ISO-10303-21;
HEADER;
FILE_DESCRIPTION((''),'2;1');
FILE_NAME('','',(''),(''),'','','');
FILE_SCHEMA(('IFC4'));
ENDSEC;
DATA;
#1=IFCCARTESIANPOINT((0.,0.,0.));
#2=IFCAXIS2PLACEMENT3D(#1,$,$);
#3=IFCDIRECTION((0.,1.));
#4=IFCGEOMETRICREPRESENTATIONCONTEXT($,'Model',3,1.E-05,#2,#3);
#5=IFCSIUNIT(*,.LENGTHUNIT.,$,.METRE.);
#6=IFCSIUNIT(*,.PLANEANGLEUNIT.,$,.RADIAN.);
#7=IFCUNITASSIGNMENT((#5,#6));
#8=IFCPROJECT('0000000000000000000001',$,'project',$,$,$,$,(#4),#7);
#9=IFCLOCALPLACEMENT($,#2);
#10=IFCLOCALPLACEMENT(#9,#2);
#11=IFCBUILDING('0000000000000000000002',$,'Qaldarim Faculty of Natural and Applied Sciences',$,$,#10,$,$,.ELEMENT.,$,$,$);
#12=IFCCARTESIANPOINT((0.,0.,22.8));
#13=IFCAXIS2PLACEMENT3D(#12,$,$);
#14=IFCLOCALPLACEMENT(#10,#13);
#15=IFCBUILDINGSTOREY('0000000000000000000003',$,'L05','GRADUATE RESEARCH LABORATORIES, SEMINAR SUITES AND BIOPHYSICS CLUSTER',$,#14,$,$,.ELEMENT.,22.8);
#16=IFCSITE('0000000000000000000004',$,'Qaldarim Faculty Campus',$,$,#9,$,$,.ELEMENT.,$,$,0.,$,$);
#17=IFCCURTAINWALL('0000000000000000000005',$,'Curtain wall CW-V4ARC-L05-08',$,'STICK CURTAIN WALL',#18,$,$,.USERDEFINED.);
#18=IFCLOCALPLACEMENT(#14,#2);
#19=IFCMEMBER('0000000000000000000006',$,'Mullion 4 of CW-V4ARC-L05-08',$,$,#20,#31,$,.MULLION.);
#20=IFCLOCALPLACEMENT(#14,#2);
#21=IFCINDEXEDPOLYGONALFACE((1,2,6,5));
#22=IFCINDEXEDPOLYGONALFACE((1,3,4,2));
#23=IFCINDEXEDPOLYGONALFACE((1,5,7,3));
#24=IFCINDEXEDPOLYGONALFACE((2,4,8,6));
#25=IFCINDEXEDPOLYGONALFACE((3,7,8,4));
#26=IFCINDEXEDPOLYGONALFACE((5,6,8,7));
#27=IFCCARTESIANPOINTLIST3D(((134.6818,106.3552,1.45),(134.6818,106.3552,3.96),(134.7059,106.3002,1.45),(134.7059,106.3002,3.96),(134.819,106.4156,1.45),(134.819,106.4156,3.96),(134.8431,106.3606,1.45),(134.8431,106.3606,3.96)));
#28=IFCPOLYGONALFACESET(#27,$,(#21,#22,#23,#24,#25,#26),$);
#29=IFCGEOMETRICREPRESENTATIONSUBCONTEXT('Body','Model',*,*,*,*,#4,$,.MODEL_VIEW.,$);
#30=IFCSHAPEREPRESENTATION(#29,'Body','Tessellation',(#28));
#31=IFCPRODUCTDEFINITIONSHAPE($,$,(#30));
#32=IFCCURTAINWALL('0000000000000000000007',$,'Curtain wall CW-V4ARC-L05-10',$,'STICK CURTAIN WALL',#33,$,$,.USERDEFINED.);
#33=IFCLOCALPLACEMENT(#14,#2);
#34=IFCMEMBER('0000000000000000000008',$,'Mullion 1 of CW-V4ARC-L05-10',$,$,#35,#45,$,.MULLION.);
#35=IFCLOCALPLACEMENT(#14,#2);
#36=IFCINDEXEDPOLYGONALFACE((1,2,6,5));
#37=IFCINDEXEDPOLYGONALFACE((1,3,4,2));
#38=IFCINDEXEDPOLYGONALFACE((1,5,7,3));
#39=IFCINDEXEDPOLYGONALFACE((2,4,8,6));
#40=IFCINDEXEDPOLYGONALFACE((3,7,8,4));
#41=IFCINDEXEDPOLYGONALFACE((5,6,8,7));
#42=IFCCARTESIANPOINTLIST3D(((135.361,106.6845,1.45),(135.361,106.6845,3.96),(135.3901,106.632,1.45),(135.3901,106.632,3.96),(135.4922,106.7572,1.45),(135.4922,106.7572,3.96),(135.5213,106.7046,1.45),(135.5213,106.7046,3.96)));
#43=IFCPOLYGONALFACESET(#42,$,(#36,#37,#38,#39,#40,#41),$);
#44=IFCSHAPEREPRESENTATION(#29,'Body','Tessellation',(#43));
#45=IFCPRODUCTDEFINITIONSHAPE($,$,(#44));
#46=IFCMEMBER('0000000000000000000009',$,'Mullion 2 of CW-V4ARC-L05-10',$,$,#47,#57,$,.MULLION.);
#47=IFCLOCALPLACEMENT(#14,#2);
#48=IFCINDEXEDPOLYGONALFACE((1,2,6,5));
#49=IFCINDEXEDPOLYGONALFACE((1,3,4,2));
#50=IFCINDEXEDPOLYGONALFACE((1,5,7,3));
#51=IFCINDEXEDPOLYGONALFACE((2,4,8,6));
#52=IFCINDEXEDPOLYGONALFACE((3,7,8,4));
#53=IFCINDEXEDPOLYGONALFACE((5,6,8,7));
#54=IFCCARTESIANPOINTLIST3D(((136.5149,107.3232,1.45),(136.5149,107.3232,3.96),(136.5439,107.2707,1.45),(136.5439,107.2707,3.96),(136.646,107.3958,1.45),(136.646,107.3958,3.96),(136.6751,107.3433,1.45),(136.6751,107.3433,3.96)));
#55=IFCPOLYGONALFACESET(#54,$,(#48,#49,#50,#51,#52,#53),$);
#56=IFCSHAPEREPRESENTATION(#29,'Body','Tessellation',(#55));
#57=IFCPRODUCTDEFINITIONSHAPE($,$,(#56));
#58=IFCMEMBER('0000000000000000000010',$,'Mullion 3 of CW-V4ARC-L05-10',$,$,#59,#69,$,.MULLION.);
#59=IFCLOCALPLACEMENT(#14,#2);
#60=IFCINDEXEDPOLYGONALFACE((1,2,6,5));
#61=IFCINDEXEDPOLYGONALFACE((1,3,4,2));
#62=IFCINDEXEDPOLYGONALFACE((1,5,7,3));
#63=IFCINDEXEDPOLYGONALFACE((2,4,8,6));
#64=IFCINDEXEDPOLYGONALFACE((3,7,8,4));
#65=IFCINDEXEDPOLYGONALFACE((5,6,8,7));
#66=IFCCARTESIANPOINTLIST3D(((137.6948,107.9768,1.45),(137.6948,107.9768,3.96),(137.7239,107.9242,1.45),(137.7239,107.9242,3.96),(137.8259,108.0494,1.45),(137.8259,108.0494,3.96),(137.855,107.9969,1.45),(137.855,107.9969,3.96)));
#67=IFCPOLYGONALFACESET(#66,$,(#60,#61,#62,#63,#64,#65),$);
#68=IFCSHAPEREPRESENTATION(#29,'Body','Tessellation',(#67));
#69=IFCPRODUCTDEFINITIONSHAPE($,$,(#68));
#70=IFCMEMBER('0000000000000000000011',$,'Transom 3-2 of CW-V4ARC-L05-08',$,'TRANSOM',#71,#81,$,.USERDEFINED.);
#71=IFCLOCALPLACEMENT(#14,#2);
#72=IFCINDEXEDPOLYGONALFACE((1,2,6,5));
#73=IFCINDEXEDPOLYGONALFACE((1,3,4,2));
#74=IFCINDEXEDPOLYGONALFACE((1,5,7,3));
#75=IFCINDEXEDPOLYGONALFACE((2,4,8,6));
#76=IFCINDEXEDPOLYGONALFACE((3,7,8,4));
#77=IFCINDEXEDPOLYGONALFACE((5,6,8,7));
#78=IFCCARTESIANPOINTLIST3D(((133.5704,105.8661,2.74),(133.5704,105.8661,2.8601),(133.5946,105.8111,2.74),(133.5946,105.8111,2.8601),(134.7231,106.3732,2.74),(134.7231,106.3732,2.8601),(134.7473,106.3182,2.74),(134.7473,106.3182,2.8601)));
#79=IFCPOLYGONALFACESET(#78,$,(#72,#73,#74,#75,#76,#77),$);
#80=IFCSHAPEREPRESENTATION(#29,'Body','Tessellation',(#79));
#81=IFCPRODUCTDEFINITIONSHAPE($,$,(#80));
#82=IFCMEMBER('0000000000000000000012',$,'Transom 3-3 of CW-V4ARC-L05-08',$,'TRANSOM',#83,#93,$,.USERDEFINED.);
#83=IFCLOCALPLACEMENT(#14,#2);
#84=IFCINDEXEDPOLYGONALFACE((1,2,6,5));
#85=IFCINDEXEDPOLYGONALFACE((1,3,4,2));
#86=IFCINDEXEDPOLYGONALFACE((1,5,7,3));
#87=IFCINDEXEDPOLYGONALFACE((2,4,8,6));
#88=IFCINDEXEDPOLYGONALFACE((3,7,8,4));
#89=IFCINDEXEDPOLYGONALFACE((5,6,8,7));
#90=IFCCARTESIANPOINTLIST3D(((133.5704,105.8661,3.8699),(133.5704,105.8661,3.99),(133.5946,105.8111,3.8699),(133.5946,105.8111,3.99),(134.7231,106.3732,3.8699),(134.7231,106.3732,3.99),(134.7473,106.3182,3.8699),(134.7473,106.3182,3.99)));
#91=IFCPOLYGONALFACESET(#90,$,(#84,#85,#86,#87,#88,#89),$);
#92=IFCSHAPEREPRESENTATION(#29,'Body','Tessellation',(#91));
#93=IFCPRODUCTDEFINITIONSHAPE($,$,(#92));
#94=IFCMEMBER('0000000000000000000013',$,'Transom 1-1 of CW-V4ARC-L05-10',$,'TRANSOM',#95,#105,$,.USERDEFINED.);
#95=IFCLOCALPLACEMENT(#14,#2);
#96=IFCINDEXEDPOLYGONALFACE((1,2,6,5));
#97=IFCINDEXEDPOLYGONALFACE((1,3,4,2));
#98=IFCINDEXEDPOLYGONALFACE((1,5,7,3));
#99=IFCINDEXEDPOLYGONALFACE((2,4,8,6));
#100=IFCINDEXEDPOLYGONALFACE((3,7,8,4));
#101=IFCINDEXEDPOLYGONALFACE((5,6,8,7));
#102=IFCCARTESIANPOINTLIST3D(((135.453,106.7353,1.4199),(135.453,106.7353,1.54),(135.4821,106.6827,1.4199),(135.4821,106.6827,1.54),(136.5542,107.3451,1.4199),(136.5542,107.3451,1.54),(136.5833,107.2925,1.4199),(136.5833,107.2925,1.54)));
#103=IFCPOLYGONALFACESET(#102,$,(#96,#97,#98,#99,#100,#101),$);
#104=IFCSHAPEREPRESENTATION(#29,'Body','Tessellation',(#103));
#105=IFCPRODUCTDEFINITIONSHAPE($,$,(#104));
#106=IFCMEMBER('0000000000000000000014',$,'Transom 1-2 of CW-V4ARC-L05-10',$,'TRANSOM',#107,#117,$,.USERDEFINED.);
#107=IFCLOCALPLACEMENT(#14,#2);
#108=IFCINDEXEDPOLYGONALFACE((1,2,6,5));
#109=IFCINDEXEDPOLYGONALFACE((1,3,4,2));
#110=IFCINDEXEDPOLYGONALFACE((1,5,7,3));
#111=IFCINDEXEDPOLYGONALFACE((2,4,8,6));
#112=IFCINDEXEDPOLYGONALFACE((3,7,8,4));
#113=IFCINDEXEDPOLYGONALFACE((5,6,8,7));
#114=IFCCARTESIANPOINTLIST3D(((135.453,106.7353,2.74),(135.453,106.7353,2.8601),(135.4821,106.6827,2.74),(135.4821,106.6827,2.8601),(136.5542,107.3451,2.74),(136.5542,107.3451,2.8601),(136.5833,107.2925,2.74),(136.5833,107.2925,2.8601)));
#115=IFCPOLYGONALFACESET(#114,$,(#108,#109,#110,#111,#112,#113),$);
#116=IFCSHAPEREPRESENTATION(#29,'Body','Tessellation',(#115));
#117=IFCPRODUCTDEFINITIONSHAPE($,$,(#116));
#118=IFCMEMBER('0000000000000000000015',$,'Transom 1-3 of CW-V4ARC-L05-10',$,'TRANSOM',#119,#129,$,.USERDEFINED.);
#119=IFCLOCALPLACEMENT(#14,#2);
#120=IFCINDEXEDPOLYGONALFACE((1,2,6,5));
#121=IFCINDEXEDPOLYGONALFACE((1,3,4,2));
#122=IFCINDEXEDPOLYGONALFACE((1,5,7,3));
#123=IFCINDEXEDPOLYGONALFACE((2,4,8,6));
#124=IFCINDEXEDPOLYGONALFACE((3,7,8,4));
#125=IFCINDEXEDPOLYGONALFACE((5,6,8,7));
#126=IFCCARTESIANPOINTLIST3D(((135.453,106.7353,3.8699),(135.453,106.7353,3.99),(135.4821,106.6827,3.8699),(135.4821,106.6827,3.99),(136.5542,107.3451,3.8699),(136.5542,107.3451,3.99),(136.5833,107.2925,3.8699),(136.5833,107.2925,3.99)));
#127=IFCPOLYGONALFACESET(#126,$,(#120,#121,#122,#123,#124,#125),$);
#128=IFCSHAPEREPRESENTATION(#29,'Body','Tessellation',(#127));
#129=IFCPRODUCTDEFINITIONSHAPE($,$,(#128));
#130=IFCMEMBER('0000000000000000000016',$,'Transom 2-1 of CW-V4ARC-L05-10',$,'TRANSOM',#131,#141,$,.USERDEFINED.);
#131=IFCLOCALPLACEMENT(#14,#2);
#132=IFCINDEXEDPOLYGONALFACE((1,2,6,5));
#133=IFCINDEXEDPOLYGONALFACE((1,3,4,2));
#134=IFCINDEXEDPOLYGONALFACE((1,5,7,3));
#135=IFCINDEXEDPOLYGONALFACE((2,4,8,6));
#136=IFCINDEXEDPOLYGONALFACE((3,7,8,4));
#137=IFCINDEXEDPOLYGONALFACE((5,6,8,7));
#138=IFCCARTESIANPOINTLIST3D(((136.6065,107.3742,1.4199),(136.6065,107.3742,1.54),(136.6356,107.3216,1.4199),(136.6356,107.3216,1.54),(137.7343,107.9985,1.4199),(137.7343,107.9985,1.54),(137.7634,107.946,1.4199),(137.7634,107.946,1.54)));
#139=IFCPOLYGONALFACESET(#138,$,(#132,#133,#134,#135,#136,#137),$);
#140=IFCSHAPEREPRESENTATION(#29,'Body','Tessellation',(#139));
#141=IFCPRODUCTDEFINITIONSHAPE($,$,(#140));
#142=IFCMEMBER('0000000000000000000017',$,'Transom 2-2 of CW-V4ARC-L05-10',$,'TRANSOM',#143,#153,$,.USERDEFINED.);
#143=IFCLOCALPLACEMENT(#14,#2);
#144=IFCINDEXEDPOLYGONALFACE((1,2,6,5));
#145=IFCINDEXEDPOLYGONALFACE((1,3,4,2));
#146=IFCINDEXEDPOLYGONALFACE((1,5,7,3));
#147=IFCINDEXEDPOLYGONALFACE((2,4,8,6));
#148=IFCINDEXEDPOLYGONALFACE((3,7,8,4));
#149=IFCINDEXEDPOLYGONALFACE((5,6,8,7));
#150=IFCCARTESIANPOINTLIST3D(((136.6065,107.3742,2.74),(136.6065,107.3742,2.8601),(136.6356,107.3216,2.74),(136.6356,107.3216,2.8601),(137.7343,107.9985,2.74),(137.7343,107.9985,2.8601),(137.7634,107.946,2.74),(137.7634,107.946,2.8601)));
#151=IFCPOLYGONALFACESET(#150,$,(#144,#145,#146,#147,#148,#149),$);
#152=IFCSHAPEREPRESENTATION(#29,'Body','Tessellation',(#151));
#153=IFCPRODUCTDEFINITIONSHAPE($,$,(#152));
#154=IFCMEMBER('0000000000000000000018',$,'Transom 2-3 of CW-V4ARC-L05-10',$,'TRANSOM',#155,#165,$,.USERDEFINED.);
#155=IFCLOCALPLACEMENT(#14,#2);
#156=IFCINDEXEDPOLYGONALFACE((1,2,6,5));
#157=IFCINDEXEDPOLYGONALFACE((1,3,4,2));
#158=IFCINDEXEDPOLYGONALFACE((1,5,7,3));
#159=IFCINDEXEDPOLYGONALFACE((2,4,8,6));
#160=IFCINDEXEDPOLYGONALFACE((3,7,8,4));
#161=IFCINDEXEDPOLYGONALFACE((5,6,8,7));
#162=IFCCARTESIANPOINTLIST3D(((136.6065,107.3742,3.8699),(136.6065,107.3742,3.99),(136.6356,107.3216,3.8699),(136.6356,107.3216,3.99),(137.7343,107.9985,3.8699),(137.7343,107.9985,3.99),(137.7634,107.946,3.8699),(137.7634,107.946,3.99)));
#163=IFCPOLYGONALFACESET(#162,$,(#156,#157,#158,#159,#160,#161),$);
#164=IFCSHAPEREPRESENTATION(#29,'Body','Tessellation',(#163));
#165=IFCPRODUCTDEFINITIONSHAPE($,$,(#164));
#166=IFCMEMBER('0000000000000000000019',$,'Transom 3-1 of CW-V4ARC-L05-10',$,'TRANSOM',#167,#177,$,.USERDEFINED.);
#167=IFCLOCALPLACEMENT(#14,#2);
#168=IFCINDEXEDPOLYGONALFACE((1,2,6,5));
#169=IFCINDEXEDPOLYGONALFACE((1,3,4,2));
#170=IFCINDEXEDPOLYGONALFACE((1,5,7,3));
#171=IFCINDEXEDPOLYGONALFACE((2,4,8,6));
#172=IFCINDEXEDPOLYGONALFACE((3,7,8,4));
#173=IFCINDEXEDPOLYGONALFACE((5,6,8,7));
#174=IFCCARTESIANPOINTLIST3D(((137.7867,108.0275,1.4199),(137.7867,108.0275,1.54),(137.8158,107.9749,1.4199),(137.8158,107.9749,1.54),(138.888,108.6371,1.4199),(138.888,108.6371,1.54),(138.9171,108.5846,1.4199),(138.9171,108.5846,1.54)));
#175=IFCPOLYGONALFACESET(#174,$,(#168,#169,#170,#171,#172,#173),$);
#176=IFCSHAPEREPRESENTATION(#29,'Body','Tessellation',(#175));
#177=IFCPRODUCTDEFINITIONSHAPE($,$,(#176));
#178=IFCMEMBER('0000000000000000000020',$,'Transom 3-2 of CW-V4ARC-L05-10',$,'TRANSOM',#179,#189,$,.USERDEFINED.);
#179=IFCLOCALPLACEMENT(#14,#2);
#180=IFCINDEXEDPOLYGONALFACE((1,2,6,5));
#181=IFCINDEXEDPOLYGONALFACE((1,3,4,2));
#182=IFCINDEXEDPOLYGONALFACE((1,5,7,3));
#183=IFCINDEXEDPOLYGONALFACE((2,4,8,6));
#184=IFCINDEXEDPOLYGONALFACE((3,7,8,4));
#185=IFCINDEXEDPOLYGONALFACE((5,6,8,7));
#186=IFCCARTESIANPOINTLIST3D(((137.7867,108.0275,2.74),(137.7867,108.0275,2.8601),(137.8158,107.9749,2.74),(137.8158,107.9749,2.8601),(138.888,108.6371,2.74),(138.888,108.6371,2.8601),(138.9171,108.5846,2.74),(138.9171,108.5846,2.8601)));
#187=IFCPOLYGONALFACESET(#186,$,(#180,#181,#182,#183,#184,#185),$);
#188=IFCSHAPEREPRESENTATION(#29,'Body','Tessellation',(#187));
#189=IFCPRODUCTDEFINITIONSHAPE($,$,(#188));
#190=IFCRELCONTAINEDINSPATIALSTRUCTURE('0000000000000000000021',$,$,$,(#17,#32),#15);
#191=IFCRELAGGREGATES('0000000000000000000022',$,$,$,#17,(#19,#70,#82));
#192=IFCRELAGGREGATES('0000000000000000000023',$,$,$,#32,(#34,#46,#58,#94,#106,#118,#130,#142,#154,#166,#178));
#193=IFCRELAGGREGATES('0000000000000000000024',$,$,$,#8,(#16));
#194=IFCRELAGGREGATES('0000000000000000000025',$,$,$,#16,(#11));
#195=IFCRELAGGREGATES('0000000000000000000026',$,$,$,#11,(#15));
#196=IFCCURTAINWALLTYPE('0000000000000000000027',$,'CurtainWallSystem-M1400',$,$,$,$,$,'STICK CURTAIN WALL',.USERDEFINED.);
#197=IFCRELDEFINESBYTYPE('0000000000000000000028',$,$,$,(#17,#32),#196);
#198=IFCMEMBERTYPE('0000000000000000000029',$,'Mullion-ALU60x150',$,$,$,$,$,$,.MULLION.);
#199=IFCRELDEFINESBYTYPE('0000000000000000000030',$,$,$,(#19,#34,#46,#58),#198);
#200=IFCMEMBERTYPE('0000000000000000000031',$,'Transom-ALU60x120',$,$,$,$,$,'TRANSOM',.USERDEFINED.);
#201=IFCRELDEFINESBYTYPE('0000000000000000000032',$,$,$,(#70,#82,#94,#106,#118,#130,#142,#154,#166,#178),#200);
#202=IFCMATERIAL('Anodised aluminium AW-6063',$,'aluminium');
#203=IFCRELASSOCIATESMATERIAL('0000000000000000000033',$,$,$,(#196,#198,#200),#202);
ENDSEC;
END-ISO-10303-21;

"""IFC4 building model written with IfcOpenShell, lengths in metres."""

from ifc_helpers import new_model, si_unit, direction, frame, origin, origin_2d, place, context, subcontext, project, spatial, rectangle, extrude, material, material_profile, profile_set, type_object, element, aggregate, save


model = new_model("IFC4")

# Units and contexts
model_context = context("Model", 3, precision=1e-05, world=origin(), true_north=direction((0.0, 1.0)))
body_context = subcontext(model_context, "Body", "Model", "MODEL_VIEW")
ifc_project = project(units=[si_unit("LENGTHUNIT", "METRE"), si_unit("PLANEANGLEUNIT", "RADIAN")], contexts=[model_context])

# Site, building, storey
site_placement = place(None, origin())
site = spatial("IfcSite", under=ifc_project, at=site_placement, Name="Qaldarim Faculty Campus", CompositionType="ELEMENT", RefElevation=0.0)
building_placement = place(site_placement, origin())
building = spatial("IfcBuilding", under=site, at=building_placement, Name="Qaldarim Faculty of Natural and Applied Sciences", CompositionType="ELEMENT")
storey_placement = place(building_placement, frame((0.0, 0.0, 22.8)))
storey = spatial("IfcBuildingStorey", under=building, at=storey_placement, Name="L05", Description="GRADUATE RESEARCH LABORATORIES, SEMINAR SUITES AND BIOPHYSICS CLUSTER", CompositionType="ELEMENT", Elevation=22.8)

# Curtain wall, member
ifc_material_1 = material(Name="Anodised aluminium AW-6063", Category="aluminium")
curtain_wall_type = type_object("IfcCurtainWallType", Name="CurtainWallSystem-M1400", ElementType="STICK CURTAIN WALL", PredefinedType="USERDEFINED", material=ifc_material_1)
curtain_wall_1_placement = place(storey_placement, origin())
curtain_wall_1 = element("IfcCurtainWall", 1, at=curtain_wall_1_placement, inside=storey, type_object=curtain_wall_type, Name="Curtain wall CW-V4ARC-L05-08", ObjectType="STICK CURTAIN WALL", PredefinedType="USERDEFINED")
ifc_material_profile_1 = material_profile(ifc_material_1, rectangle(XDim=0.0601, YDim=0.1499, at=origin_2d()), Name="ALU-M60x150")
ifc_profile_set_1 = profile_set([ifc_material_profile_1], Name="Anodised aluminium AW-6063")
member_type_1 = type_object("IfcMemberType", Name="Mullion-ALU60x150", PredefinedType="MULLION", material=ifc_profile_set_1)
member_1_placement = place(storey_placement, frame((134.7625, 106.3579, 1.45), z_axis=(0.0, 0.0, 1.0), x_axis=(-0.402699, 0.915333, 0.0)))
member_1 = element("IfcMember", 2, at=member_1_placement, type_object=member_type_1, Name="Mullion 4 of CW-V4ARC-L05-08", PredefinedType="MULLION", context=body_context, shape_type="SweptSolid", body=[
    extrude(rectangle(XDim=0.0601, YDim=0.1499, at=origin_2d()), origin(), (0.0, 0.0, 1.0), 2.51),
])

# Curtain wall, members
curtain_wall_2_placement = place(storey_placement, origin())
curtain_wall_2 = element("IfcCurtainWall", 3, at=curtain_wall_2_placement, inside=storey, type_object=curtain_wall_type, Name="Curtain wall CW-V4ARC-L05-10", ObjectType="STICK CURTAIN WALL", PredefinedType="USERDEFINED")
member_2_placement = place(storey_placement, frame((135.4412, 106.6946, 1.45), z_axis=(0.0, 0.0, 1.0), x_axis=(-0.484382, 0.874857, 0.0)))
member_2 = element("IfcMember", 4, at=member_2_placement, type_object=member_type_1, Name="Mullion 1 of CW-V4ARC-L05-10", PredefinedType="MULLION", context=body_context, shape_type="SweptSolid", body=[
    extrude(rectangle(XDim=0.0601, YDim=0.1499, at=origin_2d()), origin(), (0.0, 0.0, 1.0), 2.51),
])
member_3_placement = place(storey_placement, frame((136.595, 107.3333, 1.45), z_axis=(0.0, 0.0, 1.0), x_axis=(-0.484382, 0.874857, 0.0)))
member_3 = element("IfcMember", 5, at=member_3_placement, type_object=member_type_1, Name="Mullion 2 of CW-V4ARC-L05-10", PredefinedType="MULLION", context=body_context, shape_type="SweptSolid", body=[
    extrude(rectangle(XDim=0.0601, YDim=0.1499, at=origin_2d()), origin(), (0.0, 0.0, 1.0), 2.51),
])
member_4_placement = place(storey_placement, frame((137.7749, 107.9868, 1.45), z_axis=(0.0, 0.0, 1.0), x_axis=(-0.484382, 0.874857, 0.0)))
member_4 = element("IfcMember", 6, at=member_4_placement, type_object=member_type_1, Name="Mullion 3 of CW-V4ARC-L05-10", PredefinedType="MULLION", context=body_context, shape_type="SweptSolid", body=[
    extrude(rectangle(XDim=0.0601, YDim=0.1499, at=origin_2d()), origin(), (0.0, 0.0, 1.0), 2.51),
])

# Members
ifc_material_profile_2 = material_profile(ifc_material_1, rectangle(XDim=0.0601, YDim=0.1201, at=origin_2d()), Name="ALU-T60x120")
ifc_profile_set_2 = profile_set([ifc_material_profile_2], Name="Anodised aluminium AW-6063")
member_type_2 = type_object("IfcMemberType", Name="Transom-ALU60x120", ElementType="TRANSOM", PredefinedType="USERDEFINED", material=ifc_profile_set_2)
member_5_placement = place(storey_placement, frame((133.5825, 105.8386, 2.8), z_axis=(0.915332, 0.4027, 0.0), x_axis=(-0.4027, 0.915332, 0.0)))
member_5 = element("IfcMember", 7, at=member_5_placement, type_object=member_type_2, Name="Transom 3-2 of CW-V4ARC-L05-08", ObjectType="TRANSOM", PredefinedType="USERDEFINED", context=body_context, shape_type="SweptSolid", body=[
    extrude(rectangle(XDim=0.0601, YDim=0.1201, at=origin_2d()), origin(), (0.0, 0.0, 1.0), 1.2593),
])
member_6_placement = place(storey_placement, frame((133.5825, 105.8386, 3.9299), z_axis=(0.915332, 0.4027, 0.0), x_axis=(-0.4027, 0.915332, 0.0)))
member_6 = element("IfcMember", 8, at=member_6_placement, type_object=member_type_2, Name="Transom 3-3 of CW-V4ARC-L05-08", ObjectType="TRANSOM", PredefinedType="USERDEFINED", context=body_context, shape_type="SweptSolid", body=[
    extrude(rectangle(XDim=0.0601, YDim=0.1201, at=origin_2d()), origin(), (0.0, 0.0, 1.0), 1.2593),
])
member_7_placement = place(storey_placement, frame((135.4675, 106.709, 1.48), z_axis=(0.874824, 0.48444, 0.0), x_axis=(-0.48444, 0.874824, 0.0)))
member_7 = element("IfcMember", 9, at=member_7_placement, type_object=member_type_2, Name="Transom 1-1 of CW-V4ARC-L05-10", ObjectType="TRANSOM", PredefinedType="USERDEFINED", context=body_context, shape_type="SweptSolid", body=[
    extrude(rectangle(XDim=0.0601, YDim=0.1201, at=origin_2d()), origin(), (0.0, 0.0, 1.0), 1.2588),
])
member_8_placement = place(storey_placement, frame((135.4675, 106.709, 2.8), z_axis=(0.874824, 0.48444, 0.0), x_axis=(-0.48444, 0.874824, 0.0)))
member_8 = element("IfcMember", 10, at=member_8_placement, type_object=member_type_2, Name="Transom 1-2 of CW-V4ARC-L05-10", ObjectType="TRANSOM", PredefinedType="USERDEFINED", context=body_context, shape_type="SweptSolid", body=[
    extrude(rectangle(XDim=0.0601, YDim=0.1201, at=origin_2d()), origin(), (0.0, 0.0, 1.0), 1.2588),
])
member_9_placement = place(storey_placement, frame((135.4675, 106.709, 3.9299), z_axis=(0.874824, 0.48444, 0.0), x_axis=(-0.48444, 0.874824, 0.0)))
member_9 = element("IfcMember", 11, at=member_9_placement, type_object=member_type_2, Name="Transom 1-3 of CW-V4ARC-L05-10", ObjectType="TRANSOM", PredefinedType="USERDEFINED", context=body_context, shape_type="SweptSolid", body=[
    extrude(rectangle(XDim=0.0601, YDim=0.1201, at=origin_2d()), origin(), (0.0, 0.0, 1.0), 1.2588),
])
member_10_placement = place(storey_placement, frame((136.6211, 107.3479, 1.48), z_axis=(0.874889, 0.484324, 0.0), x_axis=(-0.484324, 0.874889, 0.0)))
member_10 = element("IfcMember", 12, at=member_10_placement, type_object=member_type_2, Name="Transom 2-1 of CW-V4ARC-L05-10", ObjectType="TRANSOM", PredefinedType="USERDEFINED", context=body_context, shape_type="SweptSolid", body=[
    extrude(rectangle(XDim=0.0601, YDim=0.1201, at=origin_2d()), origin(), (0.0, 0.0, 1.0), 1.2891),
])
member_11_placement = place(storey_placement, frame((136.6211, 107.3479, 2.8), z_axis=(0.874889, 0.484324, 0.0), x_axis=(-0.484324, 0.874889, 0.0)))
member_11 = element("IfcMember", 13, at=member_11_placement, type_object=member_type_2, Name="Transom 2-2 of CW-V4ARC-L05-10", ObjectType="TRANSOM", PredefinedType="USERDEFINED", context=body_context, shape_type="SweptSolid", body=[
    extrude(rectangle(XDim=0.0601, YDim=0.1201, at=origin_2d()), origin(), (0.0, 0.0, 1.0), 1.2891),
])
member_12_placement = place(storey_placement, frame((136.6211, 107.3479, 3.9299), z_axis=(0.874889, 0.484324, 0.0), x_axis=(-0.484324, 0.874889, 0.0)))
member_12 = element("IfcMember", 14, at=member_12_placement, type_object=member_type_2, Name="Transom 2-3 of CW-V4ARC-L05-10", ObjectType="TRANSOM", PredefinedType="USERDEFINED", context=body_context, shape_type="SweptSolid", body=[
    extrude(rectangle(XDim=0.0601, YDim=0.1201, at=origin_2d()), origin(), (0.0, 0.0, 1.0), 1.2891),
])
member_13_placement = place(storey_placement, frame((137.8013, 108.0012, 1.48), z_axis=(0.874906, 0.484292, 0.0), x_axis=(-0.484292, 0.874906, 0.0)))
member_13 = element("IfcMember", 15, at=member_13_placement, type_object=member_type_2, Name="Transom 3-1 of CW-V4ARC-L05-10", ObjectType="TRANSOM", PredefinedType="USERDEFINED", context=body_context, shape_type="SweptSolid", body=[
    extrude(rectangle(XDim=0.0601, YDim=0.1201, at=origin_2d()), origin(), (0.0, 0.0, 1.0), 1.2588),
])
member_14_placement = place(storey_placement, frame((137.8013, 108.0012, 2.8), z_axis=(0.874906, 0.484292, 0.0), x_axis=(-0.484292, 0.874906, 0.0)))
member_14 = element("IfcMember", 16, at=member_14_placement, type_object=member_type_2, Name="Transom 3-2 of CW-V4ARC-L05-10", ObjectType="TRANSOM", PredefinedType="USERDEFINED", context=body_context, shape_type="SweptSolid", body=[
    extrude(rectangle(XDim=0.0601, YDim=0.1201, at=origin_2d()), origin(), (0.0, 0.0, 1.0), 1.2588),
])

aggregate(curtain_wall_1, [member_1, member_5, member_6])
aggregate(curtain_wall_2, [member_2, member_3, member_4, member_7, member_8, member_9, member_10, member_11, member_12, member_13, member_14])

save(model, "model.ifc")
